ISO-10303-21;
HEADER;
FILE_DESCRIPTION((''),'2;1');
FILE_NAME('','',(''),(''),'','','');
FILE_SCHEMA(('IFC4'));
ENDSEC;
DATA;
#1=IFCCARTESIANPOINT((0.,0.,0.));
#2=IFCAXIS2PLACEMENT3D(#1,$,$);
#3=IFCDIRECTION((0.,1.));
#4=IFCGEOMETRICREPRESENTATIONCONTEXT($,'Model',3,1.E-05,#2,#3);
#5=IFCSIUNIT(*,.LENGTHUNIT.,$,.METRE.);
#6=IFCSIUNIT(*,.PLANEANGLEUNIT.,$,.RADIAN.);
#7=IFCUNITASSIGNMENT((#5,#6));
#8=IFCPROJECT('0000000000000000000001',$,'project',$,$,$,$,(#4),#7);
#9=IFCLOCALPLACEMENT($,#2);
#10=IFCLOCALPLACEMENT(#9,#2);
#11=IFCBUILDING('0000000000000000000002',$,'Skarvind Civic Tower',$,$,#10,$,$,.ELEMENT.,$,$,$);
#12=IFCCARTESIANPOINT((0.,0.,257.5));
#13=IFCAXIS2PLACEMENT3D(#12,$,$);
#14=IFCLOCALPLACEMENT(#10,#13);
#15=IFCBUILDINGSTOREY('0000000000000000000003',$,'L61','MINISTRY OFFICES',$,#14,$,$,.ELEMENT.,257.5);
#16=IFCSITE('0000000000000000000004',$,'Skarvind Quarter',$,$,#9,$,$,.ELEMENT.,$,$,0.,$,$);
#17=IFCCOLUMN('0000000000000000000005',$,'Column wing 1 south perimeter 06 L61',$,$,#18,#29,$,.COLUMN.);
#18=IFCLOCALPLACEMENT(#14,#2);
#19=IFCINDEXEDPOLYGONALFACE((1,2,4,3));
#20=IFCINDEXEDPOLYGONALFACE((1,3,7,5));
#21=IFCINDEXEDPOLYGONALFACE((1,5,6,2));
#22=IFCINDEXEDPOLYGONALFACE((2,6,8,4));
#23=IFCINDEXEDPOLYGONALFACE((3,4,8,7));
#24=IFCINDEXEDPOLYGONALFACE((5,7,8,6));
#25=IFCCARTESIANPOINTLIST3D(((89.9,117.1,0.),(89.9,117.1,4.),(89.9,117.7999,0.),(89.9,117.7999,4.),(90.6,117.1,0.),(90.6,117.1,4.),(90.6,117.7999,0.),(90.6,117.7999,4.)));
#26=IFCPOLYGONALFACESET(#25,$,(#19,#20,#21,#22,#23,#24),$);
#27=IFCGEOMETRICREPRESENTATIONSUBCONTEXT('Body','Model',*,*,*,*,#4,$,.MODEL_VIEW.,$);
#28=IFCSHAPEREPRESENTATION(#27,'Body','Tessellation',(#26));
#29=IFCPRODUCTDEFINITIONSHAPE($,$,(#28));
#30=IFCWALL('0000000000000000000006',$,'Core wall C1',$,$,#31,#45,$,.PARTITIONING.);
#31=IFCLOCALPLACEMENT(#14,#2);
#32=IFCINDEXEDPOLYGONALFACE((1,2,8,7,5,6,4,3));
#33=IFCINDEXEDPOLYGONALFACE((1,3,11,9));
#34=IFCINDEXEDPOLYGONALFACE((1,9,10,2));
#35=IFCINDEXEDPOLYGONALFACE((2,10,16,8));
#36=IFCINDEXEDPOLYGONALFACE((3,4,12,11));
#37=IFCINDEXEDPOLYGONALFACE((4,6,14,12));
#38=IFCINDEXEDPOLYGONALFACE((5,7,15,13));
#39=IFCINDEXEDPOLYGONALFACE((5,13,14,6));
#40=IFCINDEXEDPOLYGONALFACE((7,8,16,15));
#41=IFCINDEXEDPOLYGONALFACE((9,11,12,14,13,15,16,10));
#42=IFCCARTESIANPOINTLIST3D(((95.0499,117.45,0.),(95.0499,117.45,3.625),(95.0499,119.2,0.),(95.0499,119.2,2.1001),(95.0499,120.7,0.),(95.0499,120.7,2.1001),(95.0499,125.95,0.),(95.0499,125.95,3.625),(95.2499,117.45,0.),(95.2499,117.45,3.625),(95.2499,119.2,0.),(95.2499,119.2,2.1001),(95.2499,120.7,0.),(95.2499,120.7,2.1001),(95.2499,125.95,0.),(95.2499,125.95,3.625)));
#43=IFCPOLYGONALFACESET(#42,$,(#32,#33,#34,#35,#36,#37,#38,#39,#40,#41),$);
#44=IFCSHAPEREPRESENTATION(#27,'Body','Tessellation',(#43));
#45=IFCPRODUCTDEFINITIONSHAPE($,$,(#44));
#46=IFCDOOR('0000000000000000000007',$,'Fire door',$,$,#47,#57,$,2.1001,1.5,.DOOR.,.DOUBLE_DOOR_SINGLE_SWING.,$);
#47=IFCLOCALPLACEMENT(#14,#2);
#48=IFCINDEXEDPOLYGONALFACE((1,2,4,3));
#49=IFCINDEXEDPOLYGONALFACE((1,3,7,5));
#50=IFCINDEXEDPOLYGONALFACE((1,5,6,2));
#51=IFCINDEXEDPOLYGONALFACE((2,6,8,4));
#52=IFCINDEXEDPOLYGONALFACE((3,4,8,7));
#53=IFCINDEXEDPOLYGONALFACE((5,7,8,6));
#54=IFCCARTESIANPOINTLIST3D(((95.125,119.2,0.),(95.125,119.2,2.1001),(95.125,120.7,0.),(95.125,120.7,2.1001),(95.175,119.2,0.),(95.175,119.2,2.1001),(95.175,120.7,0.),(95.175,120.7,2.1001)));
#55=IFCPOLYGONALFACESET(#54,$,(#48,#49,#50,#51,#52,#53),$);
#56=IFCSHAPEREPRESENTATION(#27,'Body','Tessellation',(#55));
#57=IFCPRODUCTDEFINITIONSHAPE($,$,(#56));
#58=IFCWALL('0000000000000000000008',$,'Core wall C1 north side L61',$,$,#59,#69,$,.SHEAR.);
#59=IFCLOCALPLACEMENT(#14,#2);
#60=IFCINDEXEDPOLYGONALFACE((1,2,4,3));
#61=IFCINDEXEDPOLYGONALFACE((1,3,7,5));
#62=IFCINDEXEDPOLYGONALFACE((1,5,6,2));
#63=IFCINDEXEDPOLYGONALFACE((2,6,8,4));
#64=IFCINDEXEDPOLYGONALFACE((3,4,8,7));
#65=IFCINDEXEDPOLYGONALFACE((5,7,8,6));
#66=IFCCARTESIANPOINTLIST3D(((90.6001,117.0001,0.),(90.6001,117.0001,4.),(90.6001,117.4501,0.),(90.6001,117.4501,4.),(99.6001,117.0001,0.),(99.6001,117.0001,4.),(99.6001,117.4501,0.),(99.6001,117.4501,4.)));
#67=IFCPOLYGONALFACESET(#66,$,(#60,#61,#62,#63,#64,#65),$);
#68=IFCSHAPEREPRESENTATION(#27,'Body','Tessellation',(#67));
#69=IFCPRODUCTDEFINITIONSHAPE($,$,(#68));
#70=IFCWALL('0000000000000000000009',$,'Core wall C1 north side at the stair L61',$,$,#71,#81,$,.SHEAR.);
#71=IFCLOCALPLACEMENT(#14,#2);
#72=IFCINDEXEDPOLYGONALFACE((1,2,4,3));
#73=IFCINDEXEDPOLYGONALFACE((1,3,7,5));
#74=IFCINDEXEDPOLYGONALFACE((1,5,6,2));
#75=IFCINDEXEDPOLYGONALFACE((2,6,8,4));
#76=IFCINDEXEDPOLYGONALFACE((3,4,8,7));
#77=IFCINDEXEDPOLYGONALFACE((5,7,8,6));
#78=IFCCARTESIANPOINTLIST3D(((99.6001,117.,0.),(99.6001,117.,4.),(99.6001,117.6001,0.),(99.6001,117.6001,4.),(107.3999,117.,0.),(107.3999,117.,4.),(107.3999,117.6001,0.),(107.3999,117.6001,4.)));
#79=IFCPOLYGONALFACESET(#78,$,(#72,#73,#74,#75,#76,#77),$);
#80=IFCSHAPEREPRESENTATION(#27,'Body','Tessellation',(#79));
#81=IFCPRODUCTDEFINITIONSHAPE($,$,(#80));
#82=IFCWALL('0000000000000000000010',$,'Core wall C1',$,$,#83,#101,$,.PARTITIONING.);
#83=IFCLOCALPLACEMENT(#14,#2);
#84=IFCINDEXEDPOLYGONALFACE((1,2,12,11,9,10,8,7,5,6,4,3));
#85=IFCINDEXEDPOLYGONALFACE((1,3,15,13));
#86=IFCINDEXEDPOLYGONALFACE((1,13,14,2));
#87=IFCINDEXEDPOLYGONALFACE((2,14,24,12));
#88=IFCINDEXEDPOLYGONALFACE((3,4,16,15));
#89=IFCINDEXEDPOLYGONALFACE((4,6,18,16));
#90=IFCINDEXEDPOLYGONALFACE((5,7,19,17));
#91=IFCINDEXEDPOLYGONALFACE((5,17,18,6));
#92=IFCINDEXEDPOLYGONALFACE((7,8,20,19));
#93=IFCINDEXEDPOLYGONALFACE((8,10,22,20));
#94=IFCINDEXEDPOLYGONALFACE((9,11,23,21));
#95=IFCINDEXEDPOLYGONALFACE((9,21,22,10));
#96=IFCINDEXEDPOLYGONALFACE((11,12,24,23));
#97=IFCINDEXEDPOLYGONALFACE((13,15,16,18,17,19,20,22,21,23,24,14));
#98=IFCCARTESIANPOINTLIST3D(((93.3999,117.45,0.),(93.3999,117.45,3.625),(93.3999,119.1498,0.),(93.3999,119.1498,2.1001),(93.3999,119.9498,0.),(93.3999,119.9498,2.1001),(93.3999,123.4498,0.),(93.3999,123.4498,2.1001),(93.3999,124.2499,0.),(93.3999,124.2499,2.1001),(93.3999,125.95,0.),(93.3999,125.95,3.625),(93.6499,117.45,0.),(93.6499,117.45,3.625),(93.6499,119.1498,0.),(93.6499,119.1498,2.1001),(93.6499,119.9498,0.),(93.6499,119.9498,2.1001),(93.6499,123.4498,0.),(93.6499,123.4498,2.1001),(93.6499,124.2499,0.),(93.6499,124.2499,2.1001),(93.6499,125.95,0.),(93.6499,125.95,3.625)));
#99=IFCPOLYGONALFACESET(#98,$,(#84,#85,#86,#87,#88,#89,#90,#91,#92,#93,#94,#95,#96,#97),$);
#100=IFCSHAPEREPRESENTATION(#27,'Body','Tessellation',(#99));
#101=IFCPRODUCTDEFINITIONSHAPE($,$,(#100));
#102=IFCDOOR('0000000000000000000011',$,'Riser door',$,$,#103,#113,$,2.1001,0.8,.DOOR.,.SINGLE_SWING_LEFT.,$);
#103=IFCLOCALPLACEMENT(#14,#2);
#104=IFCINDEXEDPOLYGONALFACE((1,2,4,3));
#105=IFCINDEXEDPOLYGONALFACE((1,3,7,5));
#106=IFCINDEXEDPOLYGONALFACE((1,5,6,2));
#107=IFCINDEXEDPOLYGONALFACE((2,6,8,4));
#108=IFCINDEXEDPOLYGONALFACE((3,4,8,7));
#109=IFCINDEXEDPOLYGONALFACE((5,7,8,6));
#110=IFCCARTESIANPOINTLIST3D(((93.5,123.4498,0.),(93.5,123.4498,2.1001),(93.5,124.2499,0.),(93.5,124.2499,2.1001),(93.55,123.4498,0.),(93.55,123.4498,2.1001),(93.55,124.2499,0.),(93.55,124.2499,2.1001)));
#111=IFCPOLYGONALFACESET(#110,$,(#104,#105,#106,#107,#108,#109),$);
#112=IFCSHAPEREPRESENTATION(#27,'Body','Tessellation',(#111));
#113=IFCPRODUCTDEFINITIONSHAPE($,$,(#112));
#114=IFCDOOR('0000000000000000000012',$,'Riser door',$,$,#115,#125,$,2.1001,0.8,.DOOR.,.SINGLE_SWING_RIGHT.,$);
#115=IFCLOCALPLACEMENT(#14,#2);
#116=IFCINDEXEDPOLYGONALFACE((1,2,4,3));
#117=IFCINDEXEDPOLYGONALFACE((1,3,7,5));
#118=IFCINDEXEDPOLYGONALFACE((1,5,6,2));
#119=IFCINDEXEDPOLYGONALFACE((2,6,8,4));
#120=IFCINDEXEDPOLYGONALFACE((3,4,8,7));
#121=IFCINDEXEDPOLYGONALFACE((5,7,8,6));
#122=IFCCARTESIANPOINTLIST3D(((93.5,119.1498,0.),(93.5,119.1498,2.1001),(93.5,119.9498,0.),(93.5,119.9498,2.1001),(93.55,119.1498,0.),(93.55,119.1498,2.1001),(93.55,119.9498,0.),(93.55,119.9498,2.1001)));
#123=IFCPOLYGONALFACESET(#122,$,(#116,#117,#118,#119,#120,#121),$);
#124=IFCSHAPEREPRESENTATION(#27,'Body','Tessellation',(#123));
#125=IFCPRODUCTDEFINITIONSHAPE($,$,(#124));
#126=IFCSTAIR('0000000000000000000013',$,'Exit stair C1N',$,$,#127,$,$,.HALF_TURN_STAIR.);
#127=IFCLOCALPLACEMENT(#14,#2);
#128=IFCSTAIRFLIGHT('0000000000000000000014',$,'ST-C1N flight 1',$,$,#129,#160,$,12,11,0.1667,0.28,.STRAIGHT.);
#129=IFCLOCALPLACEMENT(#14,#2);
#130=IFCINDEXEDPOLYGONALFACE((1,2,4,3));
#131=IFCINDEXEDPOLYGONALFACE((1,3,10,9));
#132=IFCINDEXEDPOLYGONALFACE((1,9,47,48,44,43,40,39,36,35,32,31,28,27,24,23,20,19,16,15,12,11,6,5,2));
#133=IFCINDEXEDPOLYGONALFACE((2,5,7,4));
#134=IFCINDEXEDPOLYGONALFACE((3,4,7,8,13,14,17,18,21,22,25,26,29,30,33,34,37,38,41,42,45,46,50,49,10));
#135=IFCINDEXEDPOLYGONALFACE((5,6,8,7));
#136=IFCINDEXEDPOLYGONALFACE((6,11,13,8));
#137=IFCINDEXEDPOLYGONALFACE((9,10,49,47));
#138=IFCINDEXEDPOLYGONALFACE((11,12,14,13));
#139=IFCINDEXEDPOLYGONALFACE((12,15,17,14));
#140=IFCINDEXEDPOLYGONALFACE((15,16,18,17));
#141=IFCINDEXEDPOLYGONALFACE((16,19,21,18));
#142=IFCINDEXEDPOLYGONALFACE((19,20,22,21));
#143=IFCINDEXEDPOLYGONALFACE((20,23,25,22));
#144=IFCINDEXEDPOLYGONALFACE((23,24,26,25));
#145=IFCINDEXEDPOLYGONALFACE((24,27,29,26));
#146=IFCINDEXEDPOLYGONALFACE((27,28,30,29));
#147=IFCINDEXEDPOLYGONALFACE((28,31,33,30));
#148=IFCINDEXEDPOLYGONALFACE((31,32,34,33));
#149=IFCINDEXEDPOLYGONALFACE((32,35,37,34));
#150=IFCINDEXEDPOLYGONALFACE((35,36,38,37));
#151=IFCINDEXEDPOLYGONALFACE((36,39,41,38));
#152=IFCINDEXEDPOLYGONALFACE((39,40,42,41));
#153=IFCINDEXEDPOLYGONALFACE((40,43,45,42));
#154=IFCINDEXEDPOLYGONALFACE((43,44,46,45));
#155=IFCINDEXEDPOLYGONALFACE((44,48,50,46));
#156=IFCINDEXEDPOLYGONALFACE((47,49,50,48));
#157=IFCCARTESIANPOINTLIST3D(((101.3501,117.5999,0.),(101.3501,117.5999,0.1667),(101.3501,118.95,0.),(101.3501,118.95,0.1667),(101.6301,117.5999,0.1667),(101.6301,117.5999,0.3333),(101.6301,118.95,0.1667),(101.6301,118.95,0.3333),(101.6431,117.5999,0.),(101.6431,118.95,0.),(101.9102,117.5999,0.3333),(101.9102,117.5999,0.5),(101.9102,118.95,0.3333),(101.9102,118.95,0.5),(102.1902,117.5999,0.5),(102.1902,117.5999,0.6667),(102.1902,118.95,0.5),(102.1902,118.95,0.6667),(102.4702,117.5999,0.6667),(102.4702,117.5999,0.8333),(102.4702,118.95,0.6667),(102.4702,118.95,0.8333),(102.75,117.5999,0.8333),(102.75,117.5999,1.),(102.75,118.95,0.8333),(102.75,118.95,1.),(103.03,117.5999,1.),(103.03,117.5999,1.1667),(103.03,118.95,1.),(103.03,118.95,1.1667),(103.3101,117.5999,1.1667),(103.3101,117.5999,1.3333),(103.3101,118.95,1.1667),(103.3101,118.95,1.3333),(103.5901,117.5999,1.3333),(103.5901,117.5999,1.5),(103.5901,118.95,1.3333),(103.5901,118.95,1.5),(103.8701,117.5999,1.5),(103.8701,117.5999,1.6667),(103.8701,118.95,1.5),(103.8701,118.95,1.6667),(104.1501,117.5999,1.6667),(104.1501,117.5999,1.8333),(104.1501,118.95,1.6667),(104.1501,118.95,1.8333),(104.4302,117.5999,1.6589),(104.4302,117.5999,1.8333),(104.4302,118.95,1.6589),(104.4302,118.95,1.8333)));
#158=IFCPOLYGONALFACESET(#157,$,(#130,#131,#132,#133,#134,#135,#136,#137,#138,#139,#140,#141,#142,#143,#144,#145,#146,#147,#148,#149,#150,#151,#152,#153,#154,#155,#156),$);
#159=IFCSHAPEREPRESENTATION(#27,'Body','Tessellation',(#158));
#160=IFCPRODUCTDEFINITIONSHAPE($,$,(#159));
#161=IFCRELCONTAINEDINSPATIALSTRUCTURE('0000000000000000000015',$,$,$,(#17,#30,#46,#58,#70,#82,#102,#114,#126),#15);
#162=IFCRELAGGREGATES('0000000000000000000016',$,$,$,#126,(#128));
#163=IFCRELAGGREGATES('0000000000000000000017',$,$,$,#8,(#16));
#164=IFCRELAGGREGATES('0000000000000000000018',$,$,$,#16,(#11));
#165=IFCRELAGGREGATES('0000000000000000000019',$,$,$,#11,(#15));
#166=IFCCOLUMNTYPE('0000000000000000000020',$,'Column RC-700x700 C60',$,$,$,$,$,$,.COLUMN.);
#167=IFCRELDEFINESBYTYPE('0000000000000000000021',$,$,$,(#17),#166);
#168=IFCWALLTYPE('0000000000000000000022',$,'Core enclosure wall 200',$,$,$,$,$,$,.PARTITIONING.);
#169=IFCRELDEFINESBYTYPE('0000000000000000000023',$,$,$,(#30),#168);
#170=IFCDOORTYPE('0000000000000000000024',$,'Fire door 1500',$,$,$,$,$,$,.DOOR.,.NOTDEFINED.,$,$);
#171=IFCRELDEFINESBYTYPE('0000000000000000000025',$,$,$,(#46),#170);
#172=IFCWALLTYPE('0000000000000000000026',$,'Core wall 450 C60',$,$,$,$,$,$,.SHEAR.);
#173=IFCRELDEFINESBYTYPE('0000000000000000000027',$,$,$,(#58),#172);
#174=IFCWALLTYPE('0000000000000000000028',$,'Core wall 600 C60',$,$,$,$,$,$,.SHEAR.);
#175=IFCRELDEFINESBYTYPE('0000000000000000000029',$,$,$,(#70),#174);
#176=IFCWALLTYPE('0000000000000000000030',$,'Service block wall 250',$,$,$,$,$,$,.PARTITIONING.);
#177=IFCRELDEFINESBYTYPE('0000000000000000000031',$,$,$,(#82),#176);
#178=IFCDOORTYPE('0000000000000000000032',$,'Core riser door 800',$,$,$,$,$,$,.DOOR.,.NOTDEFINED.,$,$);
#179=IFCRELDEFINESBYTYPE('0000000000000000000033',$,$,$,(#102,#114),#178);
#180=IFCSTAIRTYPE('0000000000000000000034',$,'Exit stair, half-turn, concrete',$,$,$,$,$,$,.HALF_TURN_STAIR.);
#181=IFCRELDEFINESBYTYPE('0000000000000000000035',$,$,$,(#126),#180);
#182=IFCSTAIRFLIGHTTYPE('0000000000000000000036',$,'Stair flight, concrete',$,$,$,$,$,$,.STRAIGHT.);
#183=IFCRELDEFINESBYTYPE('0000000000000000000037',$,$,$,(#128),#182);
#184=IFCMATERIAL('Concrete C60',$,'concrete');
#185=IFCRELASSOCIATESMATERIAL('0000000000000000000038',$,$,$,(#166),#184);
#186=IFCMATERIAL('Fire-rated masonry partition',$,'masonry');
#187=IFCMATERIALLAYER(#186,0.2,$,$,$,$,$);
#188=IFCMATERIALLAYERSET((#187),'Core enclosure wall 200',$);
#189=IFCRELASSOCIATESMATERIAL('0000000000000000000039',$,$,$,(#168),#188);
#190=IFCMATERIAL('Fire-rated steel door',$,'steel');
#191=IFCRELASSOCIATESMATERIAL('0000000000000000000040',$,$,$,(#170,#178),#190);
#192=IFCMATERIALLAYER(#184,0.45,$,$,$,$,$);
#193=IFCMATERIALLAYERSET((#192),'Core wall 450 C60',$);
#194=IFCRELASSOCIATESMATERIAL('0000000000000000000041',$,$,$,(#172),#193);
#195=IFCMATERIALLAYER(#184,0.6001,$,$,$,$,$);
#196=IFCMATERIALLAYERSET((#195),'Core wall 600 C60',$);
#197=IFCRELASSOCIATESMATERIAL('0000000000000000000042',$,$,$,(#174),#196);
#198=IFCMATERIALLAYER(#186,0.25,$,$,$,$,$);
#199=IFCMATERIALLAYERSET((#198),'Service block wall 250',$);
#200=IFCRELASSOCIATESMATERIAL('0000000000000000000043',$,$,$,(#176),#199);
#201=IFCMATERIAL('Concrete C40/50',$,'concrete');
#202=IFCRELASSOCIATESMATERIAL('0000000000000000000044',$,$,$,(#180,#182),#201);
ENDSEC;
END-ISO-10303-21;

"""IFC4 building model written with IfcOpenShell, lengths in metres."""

from ifc_helpers import new_model, si_unit, direction, frame, frame_2d, origin, origin_2d, place, context, subcontext, project, spatial, polyline, rectangle, outline, extrude, material, layer, layer_set, material_profile, profile_set, type_object, element, fill, aggregate, save


model = new_model("IFC4")

# Units and contexts
model_context = context("Model", 3, precision=1e-05, world=origin(), true_north=direction((0.0, 1.0)))
body_context = subcontext(model_context, "Body", "Model", "MODEL_VIEW")
ifc_project = project(units=[si_unit("LENGTHUNIT", "METRE"), si_unit("PLANEANGLEUNIT", "RADIAN")], contexts=[model_context])

# Site, building, storey
site_placement = place(None, origin())
site = spatial("IfcSite", under=ifc_project, at=site_placement, Name="Skarvind Quarter", CompositionType="ELEMENT", RefElevation=0.0)
building_placement = place(site_placement, origin())
building = spatial("IfcBuilding", under=site, at=building_placement, Name="Skarvind Civic Tower", CompositionType="ELEMENT")
storey_placement = place(building_placement, frame((0.0, 0.0, 257.5)))
storey = spatial("IfcBuildingStorey", under=building, at=storey_placement, Name="L61", Description="MINISTRY OFFICES", CompositionType="ELEMENT", Elevation=257.5)

# Column
ifc_material_1 = material(Name="Concrete C60", Category="concrete")
ifc_material_profile = material_profile(ifc_material_1, rectangle(XDim=0.7, YDim=0.7, at=origin_2d()), Name="RC-700x700")
ifc_profile_set = profile_set([ifc_material_profile], Name="Concrete C60")
column_type = type_object("IfcColumnType", Name="Column RC-700x700 C60", PredefinedType="COLUMN", material=ifc_profile_set)
column_placement = place(storey_placement, frame((90.25, 117.45, 0.0), z_axis=(0.0, 0.0, 1.0), x_axis=(1.0, 0.0, 0.0)))
element("IfcColumn", 1, at=column_placement, inside=storey, type_object=column_type, Name="Column wing 1 south perimeter 06 L61", PredefinedType="COLUMN", context=body_context, shape_type="SweptSolid", body=[
    extrude(rectangle(XDim=0.7, YDim=0.7, at=origin_2d()), origin(), (0.0, 0.0, 1.0), 4.0),
])

# Wall, opening, door
ifc_material_2 = material(Name="Fire-rated masonry partition", Category="masonry")
ifc_layer_1 = layer(ifc_material_2, 0.2)
ifc_layer_set_1 = layer_set([ifc_layer_1], Name="Core enclosure wall 200")
wall_type_1 = type_object("IfcWallType", Name="Core enclosure wall 200", PredefinedType="PARTITIONING", material=ifc_layer_set_1)
wall_1_placement = place(storey_placement, frame((95.1499, 117.45, 0.0), z_axis=(0.0, 0.0, 1.0), x_axis=(0.0, 1.0, 0.0)))
wall_1 = element("IfcWall", 2, at=wall_1_placement, inside=storey, type_object=wall_type_1, Name="Core wall C1", PredefinedType="PARTITIONING", context=body_context, shape_type="SweptSolid", body=[
    extrude(rectangle(XDim=8.5, YDim=0.2, at=frame_2d((4.25, 0.0))), origin(), (0.0, 0.0, 1.0), 3.625),
])
opening_1_placement = place(wall_1_placement, frame((1.75, 0.0, 0.0)))
opening_1 = element("IfcOpeningElement", 3, at=opening_1_placement, cuts=wall_1, PredefinedType="OPENING", context=body_context, shape_type="SweptSolid", body=[
    extrude(rectangle(XDim=1.5, YDim=2.1001, at=frame_2d((0.75, 1.05))), frame((0.0, 0.1099, 0.0), z_axis=(0.0, -1.0, 0.0), x_axis=(1.0, 0.0, 0.0)), (0.0, 0.0, 1.0), 0.22),
])
ifc_material_3 = material(Name="Fire-rated steel door", Category="steel")
door_type_1 = type_object("IfcDoorType", Name="Fire door 1500", OperationType="NOTDEFINED", PredefinedType="DOOR", material=ifc_material_3)
door_1_placement = place(opening_1_placement, origin())
door_1 = element("IfcDoor", 4, at=door_1_placement, inside=storey, type_object=door_type_1, Name="Fire door", OperationType="DOUBLE_DOOR_SINGLE_SWING", OverallHeight=2.1001, OverallWidth=1.5, PredefinedType="DOOR", context=body_context, shape_type="SweptSolid", body=[
    extrude(rectangle(XDim=1.5, YDim=2.1001, at=frame_2d((0.75, 1.05))), frame((0.0, 0.0249, 0.0), z_axis=(0.0, -1.0, 0.0), x_axis=(1.0, 0.0, 0.0)), (0.0, 0.0, 1.0), 0.05),
])
fill(opening_1, door_1)

# Walls
ifc_layer_2 = layer(ifc_material_1, 0.45)
ifc_layer_set_2 = layer_set([ifc_layer_2], Name="Core wall 450 C60")
wall_type_2 = type_object("IfcWallType", Name="Core wall 450 C60", PredefinedType="SHEAR", material=ifc_layer_set_2)
wall_2_placement = place(storey_placement, frame((99.6001, 117.2251, 0.0), z_axis=(0.0, 0.0, 1.0), x_axis=(-1.0, 0.0, 0.0)))
element("IfcWall", 5, at=wall_2_placement, inside=storey, type_object=wall_type_2, Name="Core wall C1 north side L61", PredefinedType="SHEAR", context=body_context, shape_type="SweptSolid", body=[
    extrude(rectangle(XDim=9.0, YDim=0.45, at=frame_2d((4.5, 0.0))), origin(), (0.0, 0.0, 1.0), 4.0),
])
ifc_layer_3 = layer(ifc_material_1, 0.6001)
ifc_layer_set_3 = layer_set([ifc_layer_3], Name="Core wall 600 C60")
wall_type_3 = type_object("IfcWallType", Name="Core wall 600 C60", PredefinedType="SHEAR", material=ifc_layer_set_3)
wall_3_placement = place(storey_placement, frame((107.3999, 117.3, 0.0), z_axis=(0.0, 0.0, 1.0), x_axis=(-1.0, 0.0, 0.0)))
element("IfcWall", 6, at=wall_3_placement, inside=storey, type_object=wall_type_3, Name="Core wall C1 north side at the stair L61", PredefinedType="SHEAR", context=body_context, shape_type="SweptSolid", body=[
    extrude(rectangle(XDim=7.7998, YDim=0.6001, at=frame_2d((3.8999, 0.0))), origin(), (0.0, 0.0, 1.0), 4.0),
])

# Wall, openings, doors
ifc_layer_4 = layer(ifc_material_2, 0.25)
ifc_layer_set_4 = layer_set([ifc_layer_4], Name="Service block wall 250")
wall_type_4 = type_object("IfcWallType", Name="Service block wall 250", PredefinedType="PARTITIONING", material=ifc_layer_set_4)
wall_4_placement = place(storey_placement, frame((93.5249, 117.45, 0.0), z_axis=(0.0, 0.0, 1.0), x_axis=(0.0, 1.0, 0.0)))
wall_4 = element("IfcWall", 7, at=wall_4_placement, inside=storey, type_object=wall_type_4, Name="Core wall C1", PredefinedType="PARTITIONING", context=body_context, shape_type="SweptSolid", body=[
    extrude(rectangle(XDim=8.5, YDim=0.25, at=frame_2d((4.25, 0.0))), origin(), (0.0, 0.0, 1.0), 3.625),
])
opening_2_placement = place(wall_4_placement, frame((6.0, 0.0, 0.0)))
opening_2 = element("IfcOpeningElement", 8, at=opening_2_placement, cuts=wall_4, PredefinedType="OPENING", context=body_context, shape_type="SweptSolid", body=[
    extrude(rectangle(XDim=0.8, YDim=2.1001, at=frame_2d((0.3999, 1.05))), frame((0.0, 0.135, 0.0), z_axis=(0.0, -1.0, 0.0), x_axis=(1.0, 0.0, 0.0)), (0.0, 0.0, 1.0), 0.27),
])
opening_3_placement = place(wall_4_placement, frame((1.7, 0.0, 0.0)))
opening_3 = element("IfcOpeningElement", 9, at=opening_3_placement, cuts=wall_4, PredefinedType="OPENING", context=body_context, shape_type="SweptSolid", body=[
    extrude(rectangle(XDim=0.8, YDim=2.1001, at=frame_2d((0.3999, 1.05))), frame((0.0, 0.135, 0.0), z_axis=(0.0, -1.0, 0.0), x_axis=(1.0, 0.0, 0.0)), (0.0, 0.0, 1.0), 0.27),
])
door_type_2 = type_object("IfcDoorType", Name="Core riser door 800", OperationType="NOTDEFINED", PredefinedType="DOOR", material=ifc_material_3)
door_2_placement = place(opening_2_placement, origin())
door_2 = element("IfcDoor", 10, at=door_2_placement, inside=storey, type_object=door_type_2, Name="Riser door", OperationType="SINGLE_SWING_LEFT", OverallHeight=2.1001, OverallWidth=0.8, PredefinedType="DOOR", context=body_context, shape_type="SweptSolid", body=[
    extrude(rectangle(XDim=0.8, YDim=2.1001, at=frame_2d((0.3999, 1.05))), frame((0.0, 0.0249, 0.0), z_axis=(0.0, -1.0, 0.0), x_axis=(1.0, 0.0, 0.0)), (0.0, 0.0, 1.0), 0.05),
])
fill(opening_2, door_2)
door_3_placement = place(opening_3_placement, origin())
door_3 = element("IfcDoor", 11, at=door_3_placement, inside=storey, type_object=door_type_2, Name="Riser door", OperationType="SINGLE_SWING_RIGHT", OverallHeight=2.1001, OverallWidth=0.8, PredefinedType="DOOR", context=body_context, shape_type="SweptSolid", body=[
    extrude(rectangle(XDim=0.8, YDim=2.1001, at=frame_2d((0.3999, 1.05))), frame((0.0, 0.0249, 0.0), z_axis=(0.0, -1.0, 0.0), x_axis=(1.0, 0.0, 0.0)), (0.0, 0.0, 1.0), 0.05),
])
fill(opening_3, door_3)

# Stair, stair flight
ifc_material_4 = material(Name="Concrete C40/50", Category="concrete")
stair_type = type_object("IfcStairType", Name="Exit stair, half-turn, concrete", PredefinedType="HALF_TURN_STAIR", material=ifc_material_4)
stair_placement = place(storey_placement, origin())
stair = element("IfcStair", 12, at=stair_placement, inside=storey, type_object=stair_type, Name="Exit stair C1N", PredefinedType="HALF_TURN_STAIR")
stair_flight_type = type_object("IfcStairFlightType", Name="Stair flight, concrete", PredefinedType="STRAIGHT", material=ifc_material_4)
stair_flight_placement = place(storey_placement, frame((101.3501, 118.2749, 0.0), z_axis=(0.0, 0.0, 1.0), x_axis=(1.0, 0.0, 0.0)))
stair_flight = element("IfcStairFlight", 13, at=stair_flight_placement, type_object=stair_flight_type, Name="ST-C1N flight 1", NumberOfRisers=12, NumberOfTreads=11, PredefinedType="STRAIGHT", RiserHeight=0.1667, TreadLength=0.28, context=body_context, shape_type="SweptSolid", body=[
    extrude(outline(polyline([(0.0, 0.0), (0.0, 0.1667), (0.28, 0.1667), (0.28, 0.3333), (0.5601, 0.3333), (0.5601, 0.5), (0.8401, 0.5), (0.8401, 0.6667), (1.1201, 0.6667), (1.1201, 0.8333), (1.3999, 0.8333), (1.3999, 1.0), (1.6799, 1.0), (1.6799, 1.1667), (1.96, 1.1667), (1.96, 1.3333), (2.24, 1.3333), (2.24, 1.5), (2.52, 1.5), (2.52, 1.6667), (2.8, 1.6667), (2.8, 1.8333), (3.0801, 1.8333), (3.0801, 2.0), (3.0801, 1.6589), (0.293, 0.0), (0.0, 0.0)])), frame((0.0, 0.675, 0.0), z_axis=(0.0, -1.0, 0.0), x_axis=(1.0, 0.0, 0.0)), (0.0, 0.0, 1.0), 1.3501),
])
aggregate(stair, [stair_flight])

save(model, "model.ifc")
